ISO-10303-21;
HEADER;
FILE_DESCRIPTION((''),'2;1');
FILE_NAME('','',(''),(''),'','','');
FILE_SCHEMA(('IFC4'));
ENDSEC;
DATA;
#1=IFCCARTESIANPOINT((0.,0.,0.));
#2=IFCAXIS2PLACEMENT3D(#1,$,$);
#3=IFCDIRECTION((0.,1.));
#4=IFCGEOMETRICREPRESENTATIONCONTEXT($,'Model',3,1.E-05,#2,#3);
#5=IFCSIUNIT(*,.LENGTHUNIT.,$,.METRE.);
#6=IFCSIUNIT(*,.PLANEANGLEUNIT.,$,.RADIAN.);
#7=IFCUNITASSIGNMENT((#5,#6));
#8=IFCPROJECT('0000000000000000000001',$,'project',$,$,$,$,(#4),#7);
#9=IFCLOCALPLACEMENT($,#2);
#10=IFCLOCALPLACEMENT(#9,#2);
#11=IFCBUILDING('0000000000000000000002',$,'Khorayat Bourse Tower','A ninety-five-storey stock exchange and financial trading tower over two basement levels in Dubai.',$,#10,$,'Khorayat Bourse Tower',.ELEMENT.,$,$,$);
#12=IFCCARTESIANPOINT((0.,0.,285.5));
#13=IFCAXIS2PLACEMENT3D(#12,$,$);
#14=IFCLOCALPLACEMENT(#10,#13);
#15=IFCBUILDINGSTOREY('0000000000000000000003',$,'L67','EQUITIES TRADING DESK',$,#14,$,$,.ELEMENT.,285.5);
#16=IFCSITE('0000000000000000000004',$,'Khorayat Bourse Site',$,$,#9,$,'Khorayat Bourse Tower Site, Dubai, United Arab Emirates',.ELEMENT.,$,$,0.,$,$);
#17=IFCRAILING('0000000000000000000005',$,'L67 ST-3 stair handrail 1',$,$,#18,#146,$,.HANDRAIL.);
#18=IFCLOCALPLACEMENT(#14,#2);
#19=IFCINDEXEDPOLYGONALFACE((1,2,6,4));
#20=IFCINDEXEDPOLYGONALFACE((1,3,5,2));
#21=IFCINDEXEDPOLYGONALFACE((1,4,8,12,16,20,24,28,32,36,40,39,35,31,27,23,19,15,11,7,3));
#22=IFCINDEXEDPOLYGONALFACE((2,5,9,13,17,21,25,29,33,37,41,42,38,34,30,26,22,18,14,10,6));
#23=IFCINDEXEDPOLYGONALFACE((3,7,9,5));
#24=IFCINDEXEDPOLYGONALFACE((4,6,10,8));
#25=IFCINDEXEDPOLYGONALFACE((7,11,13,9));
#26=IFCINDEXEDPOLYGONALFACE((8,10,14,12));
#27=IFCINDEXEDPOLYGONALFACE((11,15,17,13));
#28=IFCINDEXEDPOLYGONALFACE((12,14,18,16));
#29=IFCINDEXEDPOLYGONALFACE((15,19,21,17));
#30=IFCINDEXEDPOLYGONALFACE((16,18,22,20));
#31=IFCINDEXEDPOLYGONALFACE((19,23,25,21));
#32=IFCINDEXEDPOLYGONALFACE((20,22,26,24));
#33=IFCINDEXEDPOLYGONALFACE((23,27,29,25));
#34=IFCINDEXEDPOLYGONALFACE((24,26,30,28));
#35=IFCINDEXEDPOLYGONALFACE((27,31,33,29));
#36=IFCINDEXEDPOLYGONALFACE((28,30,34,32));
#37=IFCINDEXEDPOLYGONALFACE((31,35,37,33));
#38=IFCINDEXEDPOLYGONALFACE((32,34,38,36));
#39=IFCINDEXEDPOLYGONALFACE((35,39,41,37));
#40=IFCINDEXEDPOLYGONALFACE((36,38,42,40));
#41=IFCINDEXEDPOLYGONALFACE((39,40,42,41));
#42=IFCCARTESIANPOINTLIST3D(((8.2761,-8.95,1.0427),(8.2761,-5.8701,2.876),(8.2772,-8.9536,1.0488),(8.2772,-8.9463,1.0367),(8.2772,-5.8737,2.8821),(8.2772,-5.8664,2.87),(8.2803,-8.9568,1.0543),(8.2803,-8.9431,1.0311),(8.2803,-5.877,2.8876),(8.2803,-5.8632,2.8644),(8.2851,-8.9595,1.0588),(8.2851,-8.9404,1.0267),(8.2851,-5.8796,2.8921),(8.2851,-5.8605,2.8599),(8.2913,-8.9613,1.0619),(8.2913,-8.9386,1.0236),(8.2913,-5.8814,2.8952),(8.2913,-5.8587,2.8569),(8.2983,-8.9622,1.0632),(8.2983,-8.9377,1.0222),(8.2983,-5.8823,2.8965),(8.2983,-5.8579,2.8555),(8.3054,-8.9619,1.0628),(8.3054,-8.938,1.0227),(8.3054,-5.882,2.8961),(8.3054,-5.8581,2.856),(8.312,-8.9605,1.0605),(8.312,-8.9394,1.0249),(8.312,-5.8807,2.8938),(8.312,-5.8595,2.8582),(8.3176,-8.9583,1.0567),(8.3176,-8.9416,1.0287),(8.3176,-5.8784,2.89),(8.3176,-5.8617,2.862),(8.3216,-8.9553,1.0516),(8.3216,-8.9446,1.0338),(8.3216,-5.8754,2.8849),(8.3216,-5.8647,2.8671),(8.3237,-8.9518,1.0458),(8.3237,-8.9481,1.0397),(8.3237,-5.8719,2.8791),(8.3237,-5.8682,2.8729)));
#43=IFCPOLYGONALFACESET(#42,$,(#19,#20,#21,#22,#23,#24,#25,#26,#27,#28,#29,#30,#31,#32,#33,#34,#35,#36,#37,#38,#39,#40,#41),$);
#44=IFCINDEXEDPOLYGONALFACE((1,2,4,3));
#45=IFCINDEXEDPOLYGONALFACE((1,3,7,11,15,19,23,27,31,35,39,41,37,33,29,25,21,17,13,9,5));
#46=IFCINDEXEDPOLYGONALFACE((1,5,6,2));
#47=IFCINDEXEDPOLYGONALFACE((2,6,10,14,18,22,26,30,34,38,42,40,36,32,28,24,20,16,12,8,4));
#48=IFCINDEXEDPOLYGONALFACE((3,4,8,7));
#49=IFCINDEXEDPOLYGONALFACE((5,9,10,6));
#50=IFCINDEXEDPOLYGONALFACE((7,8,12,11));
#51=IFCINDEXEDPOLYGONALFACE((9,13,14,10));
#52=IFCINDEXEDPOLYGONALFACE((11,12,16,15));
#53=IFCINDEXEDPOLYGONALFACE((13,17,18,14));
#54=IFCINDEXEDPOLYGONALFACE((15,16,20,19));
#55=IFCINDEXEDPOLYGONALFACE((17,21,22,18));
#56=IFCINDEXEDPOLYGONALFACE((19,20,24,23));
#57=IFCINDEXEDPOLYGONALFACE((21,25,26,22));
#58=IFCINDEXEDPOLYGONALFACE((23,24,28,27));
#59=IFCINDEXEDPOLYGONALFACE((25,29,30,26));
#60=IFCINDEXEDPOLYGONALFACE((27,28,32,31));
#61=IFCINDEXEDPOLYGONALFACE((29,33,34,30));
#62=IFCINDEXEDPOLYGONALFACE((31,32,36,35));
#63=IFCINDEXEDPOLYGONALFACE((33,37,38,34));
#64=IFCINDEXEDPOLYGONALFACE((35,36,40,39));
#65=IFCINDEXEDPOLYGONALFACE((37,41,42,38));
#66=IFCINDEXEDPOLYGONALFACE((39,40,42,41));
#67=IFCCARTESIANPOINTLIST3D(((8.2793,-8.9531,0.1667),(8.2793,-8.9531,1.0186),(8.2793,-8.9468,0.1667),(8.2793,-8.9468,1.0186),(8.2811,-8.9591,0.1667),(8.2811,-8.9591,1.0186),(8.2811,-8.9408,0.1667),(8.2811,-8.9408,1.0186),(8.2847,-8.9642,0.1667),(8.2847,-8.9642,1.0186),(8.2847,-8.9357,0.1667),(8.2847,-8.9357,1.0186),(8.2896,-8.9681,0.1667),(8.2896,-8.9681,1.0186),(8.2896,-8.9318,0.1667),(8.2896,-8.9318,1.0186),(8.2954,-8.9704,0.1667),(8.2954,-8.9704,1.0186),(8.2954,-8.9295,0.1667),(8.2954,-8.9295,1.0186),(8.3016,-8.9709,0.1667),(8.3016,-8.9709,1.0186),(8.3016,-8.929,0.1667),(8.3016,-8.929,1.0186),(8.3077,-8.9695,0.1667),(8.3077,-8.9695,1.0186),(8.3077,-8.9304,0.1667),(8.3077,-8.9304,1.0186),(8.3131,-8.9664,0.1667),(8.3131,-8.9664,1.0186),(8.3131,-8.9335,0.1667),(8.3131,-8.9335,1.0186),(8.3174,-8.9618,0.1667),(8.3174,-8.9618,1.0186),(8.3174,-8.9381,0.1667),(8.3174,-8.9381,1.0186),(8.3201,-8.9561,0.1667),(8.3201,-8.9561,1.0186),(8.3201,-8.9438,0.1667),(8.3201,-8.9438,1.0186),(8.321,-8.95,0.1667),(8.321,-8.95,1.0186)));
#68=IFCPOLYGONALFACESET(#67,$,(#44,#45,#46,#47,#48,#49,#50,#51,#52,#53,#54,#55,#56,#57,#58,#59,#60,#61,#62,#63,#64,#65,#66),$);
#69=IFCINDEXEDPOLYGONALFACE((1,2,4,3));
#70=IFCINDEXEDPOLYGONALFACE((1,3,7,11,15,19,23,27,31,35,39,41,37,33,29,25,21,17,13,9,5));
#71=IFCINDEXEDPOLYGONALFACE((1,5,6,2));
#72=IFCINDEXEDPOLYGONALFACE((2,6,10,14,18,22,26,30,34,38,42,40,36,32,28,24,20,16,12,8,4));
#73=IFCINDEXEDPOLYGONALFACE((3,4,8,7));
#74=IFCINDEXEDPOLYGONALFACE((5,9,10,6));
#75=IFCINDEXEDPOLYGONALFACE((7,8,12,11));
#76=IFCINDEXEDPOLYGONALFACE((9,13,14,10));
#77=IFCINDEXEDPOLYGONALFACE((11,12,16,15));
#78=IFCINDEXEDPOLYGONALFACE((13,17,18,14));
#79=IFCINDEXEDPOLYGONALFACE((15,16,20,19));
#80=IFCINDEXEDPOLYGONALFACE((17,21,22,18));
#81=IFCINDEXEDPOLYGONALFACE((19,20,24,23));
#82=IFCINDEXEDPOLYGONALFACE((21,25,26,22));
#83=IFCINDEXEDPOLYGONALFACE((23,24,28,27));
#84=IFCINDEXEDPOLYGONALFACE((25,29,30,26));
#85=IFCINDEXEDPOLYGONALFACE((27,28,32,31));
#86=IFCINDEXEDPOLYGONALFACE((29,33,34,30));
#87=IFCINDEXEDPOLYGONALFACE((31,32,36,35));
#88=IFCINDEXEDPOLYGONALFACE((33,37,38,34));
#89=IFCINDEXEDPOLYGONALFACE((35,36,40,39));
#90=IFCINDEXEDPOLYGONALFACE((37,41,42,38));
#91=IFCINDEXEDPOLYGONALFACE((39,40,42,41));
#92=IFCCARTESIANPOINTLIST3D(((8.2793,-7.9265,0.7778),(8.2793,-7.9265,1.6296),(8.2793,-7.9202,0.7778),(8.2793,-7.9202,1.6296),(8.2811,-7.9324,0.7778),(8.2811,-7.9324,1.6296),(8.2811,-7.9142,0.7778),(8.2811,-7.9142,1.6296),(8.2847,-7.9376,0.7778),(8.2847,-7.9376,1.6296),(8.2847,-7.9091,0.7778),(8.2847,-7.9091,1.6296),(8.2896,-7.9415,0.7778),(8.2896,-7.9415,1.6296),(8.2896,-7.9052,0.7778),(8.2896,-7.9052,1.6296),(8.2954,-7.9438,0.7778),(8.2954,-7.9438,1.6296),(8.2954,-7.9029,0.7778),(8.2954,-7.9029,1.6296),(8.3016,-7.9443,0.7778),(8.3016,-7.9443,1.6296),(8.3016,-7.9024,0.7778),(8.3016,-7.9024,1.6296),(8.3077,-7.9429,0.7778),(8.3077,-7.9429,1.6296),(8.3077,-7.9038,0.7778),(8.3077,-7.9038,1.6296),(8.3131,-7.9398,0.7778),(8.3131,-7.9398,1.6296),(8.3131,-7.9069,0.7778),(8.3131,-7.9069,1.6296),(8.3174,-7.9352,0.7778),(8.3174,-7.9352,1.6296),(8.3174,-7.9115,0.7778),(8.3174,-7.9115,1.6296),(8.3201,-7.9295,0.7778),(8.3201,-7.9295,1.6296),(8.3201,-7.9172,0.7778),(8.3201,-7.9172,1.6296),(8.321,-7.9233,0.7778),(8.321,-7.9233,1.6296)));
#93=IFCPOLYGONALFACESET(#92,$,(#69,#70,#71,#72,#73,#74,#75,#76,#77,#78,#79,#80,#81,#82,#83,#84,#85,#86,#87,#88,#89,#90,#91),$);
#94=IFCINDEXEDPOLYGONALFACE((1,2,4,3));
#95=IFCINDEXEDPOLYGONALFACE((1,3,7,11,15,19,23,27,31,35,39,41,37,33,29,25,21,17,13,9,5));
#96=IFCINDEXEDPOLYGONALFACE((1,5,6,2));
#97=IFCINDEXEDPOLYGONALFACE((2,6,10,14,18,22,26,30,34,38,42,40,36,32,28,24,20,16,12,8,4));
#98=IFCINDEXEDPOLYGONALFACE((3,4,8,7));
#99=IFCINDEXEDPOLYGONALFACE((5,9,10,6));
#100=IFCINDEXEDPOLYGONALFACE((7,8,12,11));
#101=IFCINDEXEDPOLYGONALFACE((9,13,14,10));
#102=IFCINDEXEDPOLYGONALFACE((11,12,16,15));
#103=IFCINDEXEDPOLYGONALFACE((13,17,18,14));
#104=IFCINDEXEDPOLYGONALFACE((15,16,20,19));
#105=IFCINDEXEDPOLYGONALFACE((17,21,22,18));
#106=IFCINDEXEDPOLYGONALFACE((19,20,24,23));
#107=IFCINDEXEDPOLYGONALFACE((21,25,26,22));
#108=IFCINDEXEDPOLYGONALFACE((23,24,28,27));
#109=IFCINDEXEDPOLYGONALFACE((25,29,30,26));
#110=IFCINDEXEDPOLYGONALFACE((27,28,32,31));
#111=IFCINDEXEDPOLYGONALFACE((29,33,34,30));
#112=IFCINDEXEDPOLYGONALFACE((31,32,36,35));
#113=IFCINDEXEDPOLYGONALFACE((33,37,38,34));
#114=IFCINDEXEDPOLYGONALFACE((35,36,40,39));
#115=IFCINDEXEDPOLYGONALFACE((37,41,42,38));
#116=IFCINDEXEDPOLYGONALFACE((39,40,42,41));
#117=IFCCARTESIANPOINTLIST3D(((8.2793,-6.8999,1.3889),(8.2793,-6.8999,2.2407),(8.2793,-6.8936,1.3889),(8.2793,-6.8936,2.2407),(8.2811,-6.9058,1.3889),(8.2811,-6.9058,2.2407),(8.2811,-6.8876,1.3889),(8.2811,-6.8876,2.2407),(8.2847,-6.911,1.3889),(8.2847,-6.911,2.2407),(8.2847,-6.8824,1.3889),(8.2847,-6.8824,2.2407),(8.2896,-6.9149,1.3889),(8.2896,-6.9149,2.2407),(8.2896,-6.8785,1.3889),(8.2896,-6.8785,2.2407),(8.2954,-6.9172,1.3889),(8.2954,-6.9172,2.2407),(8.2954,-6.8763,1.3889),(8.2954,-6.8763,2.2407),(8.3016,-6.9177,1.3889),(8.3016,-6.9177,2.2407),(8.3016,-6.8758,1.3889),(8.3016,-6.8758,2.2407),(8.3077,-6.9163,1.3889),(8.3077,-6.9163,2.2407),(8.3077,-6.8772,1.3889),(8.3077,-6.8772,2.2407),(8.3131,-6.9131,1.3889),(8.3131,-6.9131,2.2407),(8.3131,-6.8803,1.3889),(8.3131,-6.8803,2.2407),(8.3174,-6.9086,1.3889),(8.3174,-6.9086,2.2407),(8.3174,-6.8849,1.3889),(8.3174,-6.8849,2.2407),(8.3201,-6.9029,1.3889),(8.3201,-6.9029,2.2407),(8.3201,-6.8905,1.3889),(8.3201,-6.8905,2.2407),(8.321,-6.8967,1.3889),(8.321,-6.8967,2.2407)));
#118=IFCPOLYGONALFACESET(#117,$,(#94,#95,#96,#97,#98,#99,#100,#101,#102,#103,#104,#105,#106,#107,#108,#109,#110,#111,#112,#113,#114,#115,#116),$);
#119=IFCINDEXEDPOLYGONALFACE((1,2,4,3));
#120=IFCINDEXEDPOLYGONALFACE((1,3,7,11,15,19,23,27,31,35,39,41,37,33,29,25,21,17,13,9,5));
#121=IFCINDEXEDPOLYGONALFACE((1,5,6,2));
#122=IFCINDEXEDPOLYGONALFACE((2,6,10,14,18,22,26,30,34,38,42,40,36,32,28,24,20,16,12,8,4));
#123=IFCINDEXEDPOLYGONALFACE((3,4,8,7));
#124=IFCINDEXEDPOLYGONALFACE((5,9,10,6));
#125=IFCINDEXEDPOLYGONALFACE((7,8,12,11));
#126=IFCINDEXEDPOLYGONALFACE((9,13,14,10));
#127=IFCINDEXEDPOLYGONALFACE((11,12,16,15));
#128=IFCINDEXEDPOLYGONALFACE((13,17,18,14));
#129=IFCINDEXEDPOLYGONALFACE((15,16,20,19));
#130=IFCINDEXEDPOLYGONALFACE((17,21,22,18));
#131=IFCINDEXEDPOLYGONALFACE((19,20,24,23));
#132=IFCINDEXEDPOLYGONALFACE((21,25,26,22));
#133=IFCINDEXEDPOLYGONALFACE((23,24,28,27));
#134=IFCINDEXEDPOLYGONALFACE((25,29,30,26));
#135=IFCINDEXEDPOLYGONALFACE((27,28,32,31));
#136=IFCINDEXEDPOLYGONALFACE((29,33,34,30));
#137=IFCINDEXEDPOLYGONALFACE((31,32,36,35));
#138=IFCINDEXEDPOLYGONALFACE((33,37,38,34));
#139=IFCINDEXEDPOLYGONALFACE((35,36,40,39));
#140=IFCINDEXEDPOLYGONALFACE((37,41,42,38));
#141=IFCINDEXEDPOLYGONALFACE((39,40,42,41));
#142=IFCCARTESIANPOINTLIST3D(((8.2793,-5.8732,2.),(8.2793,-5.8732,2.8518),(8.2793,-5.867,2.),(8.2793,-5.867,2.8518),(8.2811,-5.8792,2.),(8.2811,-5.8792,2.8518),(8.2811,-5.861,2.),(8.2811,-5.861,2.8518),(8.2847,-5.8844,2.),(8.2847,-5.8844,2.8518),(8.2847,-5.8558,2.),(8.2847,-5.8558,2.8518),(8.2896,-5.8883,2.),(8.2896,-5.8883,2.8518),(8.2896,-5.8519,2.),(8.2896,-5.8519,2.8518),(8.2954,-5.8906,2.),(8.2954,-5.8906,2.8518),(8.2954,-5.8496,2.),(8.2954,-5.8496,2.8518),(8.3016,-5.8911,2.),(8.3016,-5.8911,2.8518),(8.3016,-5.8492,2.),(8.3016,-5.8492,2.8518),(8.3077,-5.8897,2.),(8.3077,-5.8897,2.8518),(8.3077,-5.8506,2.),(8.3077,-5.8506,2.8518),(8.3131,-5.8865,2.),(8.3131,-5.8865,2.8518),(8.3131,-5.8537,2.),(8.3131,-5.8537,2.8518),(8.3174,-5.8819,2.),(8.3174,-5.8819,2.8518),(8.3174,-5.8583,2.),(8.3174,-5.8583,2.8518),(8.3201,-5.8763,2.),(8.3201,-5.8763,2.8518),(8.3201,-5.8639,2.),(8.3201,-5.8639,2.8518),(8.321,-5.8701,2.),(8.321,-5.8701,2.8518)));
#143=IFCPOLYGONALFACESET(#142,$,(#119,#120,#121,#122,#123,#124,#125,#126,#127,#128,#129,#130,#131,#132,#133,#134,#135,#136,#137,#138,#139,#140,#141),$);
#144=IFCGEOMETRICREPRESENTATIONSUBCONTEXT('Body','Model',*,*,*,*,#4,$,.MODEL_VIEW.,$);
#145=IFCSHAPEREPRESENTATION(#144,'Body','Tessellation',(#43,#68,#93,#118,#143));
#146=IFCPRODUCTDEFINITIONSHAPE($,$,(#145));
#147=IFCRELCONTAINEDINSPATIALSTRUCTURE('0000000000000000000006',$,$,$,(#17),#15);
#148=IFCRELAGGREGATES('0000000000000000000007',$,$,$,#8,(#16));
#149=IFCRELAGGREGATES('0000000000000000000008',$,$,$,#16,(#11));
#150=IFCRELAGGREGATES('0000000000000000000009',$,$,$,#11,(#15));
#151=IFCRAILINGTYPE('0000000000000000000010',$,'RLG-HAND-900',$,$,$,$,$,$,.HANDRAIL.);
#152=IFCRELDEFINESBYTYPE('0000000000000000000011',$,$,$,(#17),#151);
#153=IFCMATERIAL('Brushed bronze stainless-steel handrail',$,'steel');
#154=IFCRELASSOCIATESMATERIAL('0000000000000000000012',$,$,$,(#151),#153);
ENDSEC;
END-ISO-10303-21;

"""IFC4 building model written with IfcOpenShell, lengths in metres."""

from ifc_helpers import new_model, si_unit, direction, frame, origin, origin_2d, place, context, subcontext, project, spatial, circle, extrude, source, transform, mapped, material, type_object, element, save


model = new_model("IFC4")

# Units and contexts
model_context = context("Model", 3, precision=1e-05, world=origin(), true_north=direction((0.0, 1.0)))
body_context = subcontext(model_context, "Body", "Model", "MODEL_VIEW")
ifc_project = project(units=[si_unit("LENGTHUNIT", "METRE"), si_unit("PLANEANGLEUNIT", "RADIAN")], contexts=[model_context])

# Site, building, storey
site_placement = place(None, origin())
site = spatial("IfcSite", under=ifc_project, at=site_placement, Name="Khorayat Bourse Site", LongName="Khorayat Bourse Tower Site, Dubai, United Arab Emirates", CompositionType="ELEMENT", RefElevation=0.0)
building_placement = place(site_placement, origin())
building = spatial("IfcBuilding", under=site, at=building_placement, Name="Khorayat Bourse Tower", Description="A ninety-five-storey stock exchange and financial trading tower over two basement levels in Dubai.", LongName="Khorayat Bourse Tower", CompositionType="ELEMENT")
storey_placement = place(building_placement, frame((0.0, 0.0, 285.5)))
storey = spatial("IfcBuildingStorey", under=building, at=storey_placement, Name="L67", Description="EQUITIES TRADING DESK", CompositionType="ELEMENT", Elevation=285.5)

# Railing
ifc_material_1 = material(Name="Brushed bronze stainless-steel handrail", Category="steel")
railing_type_1 = type_object("IfcRailingType", Name="RLG-HAND-900", PredefinedType="HANDRAIL", material=ifc_material_1)
shared_shape_1 = source(origin(), body_context, "Body", "SweptSolid", [
    extrude(circle(Radius=0.0239, at=origin_2d()), frame((0.0, 0.0, 0.876), z_axis=(0.0, 0.859291, 0.511487), x_axis=(-1.0, 0.0, 0.0)), (0.0, 0.0, 1.0), 3.5842),
    extrude(circle(Radius=0.021, at=origin_2d()), origin(), (0.0, 0.0, 1.0), 0.8518),
    extrude(circle(Radius=0.021, at=origin_2d()), frame((0.0, 1.0266, 0.6111)), (0.0, 0.0, 1.0), 0.8518),
    extrude(circle(Radius=0.021, at=origin_2d()), frame((0.0, 2.0532, 1.2222)), (0.0, 0.0, 1.0), 0.8518),
    extrude(circle(Radius=0.021, at=origin_2d()), frame((0.0, 3.0798, 1.8333)), (0.0, 0.0, 1.0), 0.8518),
])
railing_1_placement = place(storey_placement, frame((8.3, -8.95, 0.1667)))
element("IfcRailing", 1, at=railing_1_placement, inside=storey, type_object=railing_type_1, Name="L67 ST-3 stair handrail 1", PredefinedType="HANDRAIL", context=body_context, shape_type="MappedRepresentation", body=[
    mapped(shared_shape_1, transform((0.0, 0.0, 0.0), scale=1.0)),
])

save(model, "model.ifc")
